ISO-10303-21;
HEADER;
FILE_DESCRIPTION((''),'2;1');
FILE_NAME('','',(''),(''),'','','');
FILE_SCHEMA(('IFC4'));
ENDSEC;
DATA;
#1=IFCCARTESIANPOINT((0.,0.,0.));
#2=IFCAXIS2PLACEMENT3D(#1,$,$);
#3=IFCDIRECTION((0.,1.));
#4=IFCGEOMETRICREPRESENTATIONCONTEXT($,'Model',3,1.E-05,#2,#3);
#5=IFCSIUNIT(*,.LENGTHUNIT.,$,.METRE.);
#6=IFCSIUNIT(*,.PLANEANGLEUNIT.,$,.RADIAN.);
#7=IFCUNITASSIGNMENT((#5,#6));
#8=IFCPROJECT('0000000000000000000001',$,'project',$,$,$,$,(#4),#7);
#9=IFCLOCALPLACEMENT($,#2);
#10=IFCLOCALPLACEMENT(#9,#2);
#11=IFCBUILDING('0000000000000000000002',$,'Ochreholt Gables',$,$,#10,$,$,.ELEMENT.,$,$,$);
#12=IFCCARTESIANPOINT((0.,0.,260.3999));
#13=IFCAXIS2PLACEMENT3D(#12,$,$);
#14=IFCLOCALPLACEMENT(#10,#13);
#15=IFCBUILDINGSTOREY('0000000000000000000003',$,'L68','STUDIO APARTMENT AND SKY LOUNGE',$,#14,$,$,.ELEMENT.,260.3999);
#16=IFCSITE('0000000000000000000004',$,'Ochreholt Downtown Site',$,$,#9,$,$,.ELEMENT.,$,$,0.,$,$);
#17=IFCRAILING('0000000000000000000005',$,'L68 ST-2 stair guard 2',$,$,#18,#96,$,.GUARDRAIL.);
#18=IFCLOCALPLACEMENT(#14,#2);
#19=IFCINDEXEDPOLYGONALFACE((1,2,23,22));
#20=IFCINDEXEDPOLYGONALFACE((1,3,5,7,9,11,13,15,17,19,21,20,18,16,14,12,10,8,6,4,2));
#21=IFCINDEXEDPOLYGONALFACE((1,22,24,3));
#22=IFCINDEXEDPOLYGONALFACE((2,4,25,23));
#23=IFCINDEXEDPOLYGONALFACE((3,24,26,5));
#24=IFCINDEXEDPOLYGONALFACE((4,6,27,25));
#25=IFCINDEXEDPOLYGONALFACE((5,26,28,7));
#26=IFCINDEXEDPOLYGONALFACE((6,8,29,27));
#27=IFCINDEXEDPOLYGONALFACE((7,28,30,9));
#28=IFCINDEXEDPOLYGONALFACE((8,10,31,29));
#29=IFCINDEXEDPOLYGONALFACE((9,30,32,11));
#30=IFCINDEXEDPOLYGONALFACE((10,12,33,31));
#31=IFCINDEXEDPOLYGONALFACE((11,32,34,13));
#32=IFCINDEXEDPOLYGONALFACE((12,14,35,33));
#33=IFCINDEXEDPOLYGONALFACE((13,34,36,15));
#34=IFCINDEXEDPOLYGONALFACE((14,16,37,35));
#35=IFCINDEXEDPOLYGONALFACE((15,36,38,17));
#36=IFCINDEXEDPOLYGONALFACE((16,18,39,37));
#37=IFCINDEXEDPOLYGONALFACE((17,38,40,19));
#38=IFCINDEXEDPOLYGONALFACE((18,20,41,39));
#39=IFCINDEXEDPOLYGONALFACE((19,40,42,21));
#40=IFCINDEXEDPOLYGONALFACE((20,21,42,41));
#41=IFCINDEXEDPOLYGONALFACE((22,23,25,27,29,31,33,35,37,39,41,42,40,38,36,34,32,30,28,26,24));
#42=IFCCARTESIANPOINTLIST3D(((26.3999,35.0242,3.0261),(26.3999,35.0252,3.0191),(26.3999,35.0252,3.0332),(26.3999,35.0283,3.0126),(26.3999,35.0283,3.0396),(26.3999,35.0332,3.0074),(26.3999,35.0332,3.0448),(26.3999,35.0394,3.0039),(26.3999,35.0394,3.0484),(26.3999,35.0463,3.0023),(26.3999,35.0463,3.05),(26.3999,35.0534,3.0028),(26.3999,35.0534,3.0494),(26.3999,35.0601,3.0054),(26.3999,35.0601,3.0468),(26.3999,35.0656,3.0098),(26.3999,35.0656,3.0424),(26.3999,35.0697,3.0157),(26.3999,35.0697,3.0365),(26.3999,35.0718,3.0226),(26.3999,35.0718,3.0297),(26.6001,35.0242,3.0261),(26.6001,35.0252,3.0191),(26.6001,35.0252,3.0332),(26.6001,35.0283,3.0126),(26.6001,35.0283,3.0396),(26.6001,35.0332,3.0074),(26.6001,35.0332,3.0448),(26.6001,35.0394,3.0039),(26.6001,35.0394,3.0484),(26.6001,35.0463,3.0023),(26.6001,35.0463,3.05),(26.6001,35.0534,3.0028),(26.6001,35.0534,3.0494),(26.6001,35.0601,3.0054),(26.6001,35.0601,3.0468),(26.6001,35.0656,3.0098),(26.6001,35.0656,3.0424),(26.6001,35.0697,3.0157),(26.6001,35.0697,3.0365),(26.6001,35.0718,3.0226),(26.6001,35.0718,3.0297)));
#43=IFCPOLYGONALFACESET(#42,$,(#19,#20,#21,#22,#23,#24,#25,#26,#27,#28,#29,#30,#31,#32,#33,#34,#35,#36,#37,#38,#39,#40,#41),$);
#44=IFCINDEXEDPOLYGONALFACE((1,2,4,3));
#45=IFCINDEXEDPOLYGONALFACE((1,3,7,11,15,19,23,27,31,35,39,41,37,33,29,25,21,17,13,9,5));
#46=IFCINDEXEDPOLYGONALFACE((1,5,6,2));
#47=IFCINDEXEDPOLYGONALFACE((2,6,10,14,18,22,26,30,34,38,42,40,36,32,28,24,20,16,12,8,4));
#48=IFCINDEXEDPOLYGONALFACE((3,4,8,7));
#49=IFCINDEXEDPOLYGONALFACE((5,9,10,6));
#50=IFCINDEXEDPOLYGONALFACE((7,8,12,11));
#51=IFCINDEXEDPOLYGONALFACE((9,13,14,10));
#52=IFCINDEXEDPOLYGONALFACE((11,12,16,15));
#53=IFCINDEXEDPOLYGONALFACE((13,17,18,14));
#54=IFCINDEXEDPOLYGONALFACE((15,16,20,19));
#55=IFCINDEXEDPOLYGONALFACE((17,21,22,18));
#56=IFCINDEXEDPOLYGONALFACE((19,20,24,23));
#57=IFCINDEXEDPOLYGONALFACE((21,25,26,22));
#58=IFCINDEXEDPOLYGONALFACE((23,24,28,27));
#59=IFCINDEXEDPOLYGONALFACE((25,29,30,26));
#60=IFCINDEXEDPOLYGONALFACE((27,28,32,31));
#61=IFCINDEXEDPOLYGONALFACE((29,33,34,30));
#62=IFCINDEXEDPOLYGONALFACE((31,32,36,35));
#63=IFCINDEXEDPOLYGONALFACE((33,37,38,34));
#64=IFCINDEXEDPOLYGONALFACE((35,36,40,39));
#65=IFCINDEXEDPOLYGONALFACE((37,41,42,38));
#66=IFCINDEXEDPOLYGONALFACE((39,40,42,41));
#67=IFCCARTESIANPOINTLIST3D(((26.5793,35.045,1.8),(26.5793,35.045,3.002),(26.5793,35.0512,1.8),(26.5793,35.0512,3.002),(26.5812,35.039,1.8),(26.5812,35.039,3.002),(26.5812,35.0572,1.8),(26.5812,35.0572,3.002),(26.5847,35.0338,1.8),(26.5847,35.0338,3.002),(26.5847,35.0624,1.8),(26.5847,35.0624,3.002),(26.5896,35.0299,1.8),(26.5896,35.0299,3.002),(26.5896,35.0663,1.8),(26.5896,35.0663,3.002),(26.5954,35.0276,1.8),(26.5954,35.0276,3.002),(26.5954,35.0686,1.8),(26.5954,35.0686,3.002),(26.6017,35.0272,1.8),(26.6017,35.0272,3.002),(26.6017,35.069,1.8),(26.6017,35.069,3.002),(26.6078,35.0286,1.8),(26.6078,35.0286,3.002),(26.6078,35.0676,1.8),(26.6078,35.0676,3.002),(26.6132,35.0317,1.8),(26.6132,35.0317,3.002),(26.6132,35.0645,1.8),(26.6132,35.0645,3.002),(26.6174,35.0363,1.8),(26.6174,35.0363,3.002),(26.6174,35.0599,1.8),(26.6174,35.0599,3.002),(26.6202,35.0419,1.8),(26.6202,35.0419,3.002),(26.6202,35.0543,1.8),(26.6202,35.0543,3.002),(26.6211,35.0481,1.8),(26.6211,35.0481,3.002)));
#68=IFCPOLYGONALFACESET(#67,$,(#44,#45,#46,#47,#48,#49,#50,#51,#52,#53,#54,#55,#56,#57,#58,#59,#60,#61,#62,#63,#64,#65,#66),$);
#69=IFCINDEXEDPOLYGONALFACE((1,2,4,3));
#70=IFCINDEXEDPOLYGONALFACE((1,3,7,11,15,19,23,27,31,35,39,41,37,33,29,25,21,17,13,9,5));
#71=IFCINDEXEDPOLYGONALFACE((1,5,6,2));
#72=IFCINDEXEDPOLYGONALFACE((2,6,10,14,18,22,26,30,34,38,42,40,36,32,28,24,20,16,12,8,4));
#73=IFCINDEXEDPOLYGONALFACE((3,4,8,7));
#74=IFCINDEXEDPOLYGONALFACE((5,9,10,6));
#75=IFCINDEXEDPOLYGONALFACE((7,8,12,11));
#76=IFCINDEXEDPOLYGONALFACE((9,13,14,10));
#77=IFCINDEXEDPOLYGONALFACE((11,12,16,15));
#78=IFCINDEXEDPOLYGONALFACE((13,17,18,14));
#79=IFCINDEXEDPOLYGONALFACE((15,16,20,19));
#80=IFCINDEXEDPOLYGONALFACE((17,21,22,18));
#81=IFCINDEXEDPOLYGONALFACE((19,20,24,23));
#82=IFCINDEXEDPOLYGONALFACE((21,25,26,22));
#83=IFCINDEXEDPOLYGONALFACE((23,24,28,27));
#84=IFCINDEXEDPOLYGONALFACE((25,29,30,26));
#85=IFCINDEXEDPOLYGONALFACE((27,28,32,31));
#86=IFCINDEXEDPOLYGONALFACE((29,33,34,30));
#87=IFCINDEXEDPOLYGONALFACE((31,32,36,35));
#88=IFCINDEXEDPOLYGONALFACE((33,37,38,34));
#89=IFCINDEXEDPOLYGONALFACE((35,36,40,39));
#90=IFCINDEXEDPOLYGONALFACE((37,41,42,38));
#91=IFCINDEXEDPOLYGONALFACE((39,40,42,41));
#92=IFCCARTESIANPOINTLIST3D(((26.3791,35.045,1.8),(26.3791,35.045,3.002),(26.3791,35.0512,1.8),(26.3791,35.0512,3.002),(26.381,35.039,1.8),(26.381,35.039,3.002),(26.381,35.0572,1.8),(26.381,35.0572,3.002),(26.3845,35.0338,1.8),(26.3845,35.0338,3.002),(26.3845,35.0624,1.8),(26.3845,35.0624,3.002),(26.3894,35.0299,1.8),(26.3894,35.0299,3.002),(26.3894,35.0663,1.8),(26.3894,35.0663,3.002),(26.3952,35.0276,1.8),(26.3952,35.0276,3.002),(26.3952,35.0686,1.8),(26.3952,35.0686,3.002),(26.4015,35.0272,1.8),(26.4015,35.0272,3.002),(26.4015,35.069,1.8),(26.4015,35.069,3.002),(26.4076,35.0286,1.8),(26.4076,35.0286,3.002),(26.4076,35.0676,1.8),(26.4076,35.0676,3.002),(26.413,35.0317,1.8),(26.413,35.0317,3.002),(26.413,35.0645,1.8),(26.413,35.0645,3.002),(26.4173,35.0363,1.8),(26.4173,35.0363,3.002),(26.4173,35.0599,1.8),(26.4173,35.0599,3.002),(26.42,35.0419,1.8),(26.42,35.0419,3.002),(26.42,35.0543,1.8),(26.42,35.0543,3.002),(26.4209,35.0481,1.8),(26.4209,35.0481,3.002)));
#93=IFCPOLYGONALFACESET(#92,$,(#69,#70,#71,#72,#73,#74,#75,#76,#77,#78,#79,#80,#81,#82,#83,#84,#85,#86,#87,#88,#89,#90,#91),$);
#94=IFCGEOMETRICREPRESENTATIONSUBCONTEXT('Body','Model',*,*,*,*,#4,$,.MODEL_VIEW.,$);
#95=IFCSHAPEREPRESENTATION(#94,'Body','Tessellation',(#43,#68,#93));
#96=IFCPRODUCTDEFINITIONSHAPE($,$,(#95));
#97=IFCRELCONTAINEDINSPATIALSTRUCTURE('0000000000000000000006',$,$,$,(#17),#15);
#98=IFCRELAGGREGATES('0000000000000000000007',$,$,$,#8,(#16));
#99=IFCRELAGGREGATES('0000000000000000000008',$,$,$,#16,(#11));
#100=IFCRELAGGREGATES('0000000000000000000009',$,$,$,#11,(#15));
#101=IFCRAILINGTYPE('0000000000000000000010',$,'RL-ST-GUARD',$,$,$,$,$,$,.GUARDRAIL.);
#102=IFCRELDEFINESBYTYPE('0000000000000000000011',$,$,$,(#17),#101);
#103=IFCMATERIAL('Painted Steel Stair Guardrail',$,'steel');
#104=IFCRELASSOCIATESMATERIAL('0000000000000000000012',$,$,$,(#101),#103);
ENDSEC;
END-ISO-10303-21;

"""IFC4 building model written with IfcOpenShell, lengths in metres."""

from ifc_helpers import new_model, si_unit, direction, frame, origin, origin_2d, place, context, subcontext, project, spatial, circle, extrude, material, type_object, element, save


model = new_model("IFC4")

# Units and contexts
model_context = context("Model", 3, precision=1e-05, world=origin(), true_north=direction((0.0, 1.0)))
body_context = subcontext(model_context, "Body", "Model", "MODEL_VIEW")
ifc_project = project(units=[si_unit("LENGTHUNIT", "METRE"), si_unit("PLANEANGLEUNIT", "RADIAN")], contexts=[model_context])

# Site, building, storey
site_placement = place(None, origin())
site = spatial("IfcSite", under=ifc_project, at=site_placement, Name="Ochreholt Downtown Site", CompositionType="ELEMENT", RefElevation=0.0)
building_placement = place(site_placement, origin())
building = spatial("IfcBuilding", under=site, at=building_placement, Name="Ochreholt Gables", CompositionType="ELEMENT")
storey_placement = place(building_placement, frame((0.0, 0.0, 260.3999)))
storey = spatial("IfcBuildingStorey", under=building, at=storey_placement, Name="L68", Description="STUDIO APARTMENT AND SKY LOUNGE", CompositionType="ELEMENT", Elevation=260.3999)

# Railing
ifc_material_1 = material(Name="Painted Steel Stair Guardrail", Category="steel")
railing_type_1 = type_object("IfcRailingType", Name="RL-ST-GUARD", PredefinedType="GUARDRAIL", material=ifc_material_1)
railing_1_placement = place(storey_placement, frame((26.6001, 35.0481, 1.8)))
element("IfcRailing", 1, at=railing_1_placement, inside=storey, type_object=railing_type_1, Name="L68 ST-2 stair guard 2", PredefinedType="GUARDRAIL", context=body_context, shape_type="SweptSolid", body=[
    extrude(circle(Radius=0.0239, at=origin_2d()), frame((0.0, 0.0, 1.2261), z_axis=(-1.0, 0.0, 0.0), x_axis=(0.0, -1.0, 0.0)), (0.0, 0.0, 1.0), 0.2002),
    extrude(circle(Radius=0.021, at=origin_2d()), origin(), (0.0, 0.0, 1.0), 1.2019),
    extrude(circle(Radius=0.021, at=origin_2d()), frame((-0.2002, 0.0, 0.0)), (0.0, 0.0, 1.0), 1.2019),
])

save(model, "model.ifc")
